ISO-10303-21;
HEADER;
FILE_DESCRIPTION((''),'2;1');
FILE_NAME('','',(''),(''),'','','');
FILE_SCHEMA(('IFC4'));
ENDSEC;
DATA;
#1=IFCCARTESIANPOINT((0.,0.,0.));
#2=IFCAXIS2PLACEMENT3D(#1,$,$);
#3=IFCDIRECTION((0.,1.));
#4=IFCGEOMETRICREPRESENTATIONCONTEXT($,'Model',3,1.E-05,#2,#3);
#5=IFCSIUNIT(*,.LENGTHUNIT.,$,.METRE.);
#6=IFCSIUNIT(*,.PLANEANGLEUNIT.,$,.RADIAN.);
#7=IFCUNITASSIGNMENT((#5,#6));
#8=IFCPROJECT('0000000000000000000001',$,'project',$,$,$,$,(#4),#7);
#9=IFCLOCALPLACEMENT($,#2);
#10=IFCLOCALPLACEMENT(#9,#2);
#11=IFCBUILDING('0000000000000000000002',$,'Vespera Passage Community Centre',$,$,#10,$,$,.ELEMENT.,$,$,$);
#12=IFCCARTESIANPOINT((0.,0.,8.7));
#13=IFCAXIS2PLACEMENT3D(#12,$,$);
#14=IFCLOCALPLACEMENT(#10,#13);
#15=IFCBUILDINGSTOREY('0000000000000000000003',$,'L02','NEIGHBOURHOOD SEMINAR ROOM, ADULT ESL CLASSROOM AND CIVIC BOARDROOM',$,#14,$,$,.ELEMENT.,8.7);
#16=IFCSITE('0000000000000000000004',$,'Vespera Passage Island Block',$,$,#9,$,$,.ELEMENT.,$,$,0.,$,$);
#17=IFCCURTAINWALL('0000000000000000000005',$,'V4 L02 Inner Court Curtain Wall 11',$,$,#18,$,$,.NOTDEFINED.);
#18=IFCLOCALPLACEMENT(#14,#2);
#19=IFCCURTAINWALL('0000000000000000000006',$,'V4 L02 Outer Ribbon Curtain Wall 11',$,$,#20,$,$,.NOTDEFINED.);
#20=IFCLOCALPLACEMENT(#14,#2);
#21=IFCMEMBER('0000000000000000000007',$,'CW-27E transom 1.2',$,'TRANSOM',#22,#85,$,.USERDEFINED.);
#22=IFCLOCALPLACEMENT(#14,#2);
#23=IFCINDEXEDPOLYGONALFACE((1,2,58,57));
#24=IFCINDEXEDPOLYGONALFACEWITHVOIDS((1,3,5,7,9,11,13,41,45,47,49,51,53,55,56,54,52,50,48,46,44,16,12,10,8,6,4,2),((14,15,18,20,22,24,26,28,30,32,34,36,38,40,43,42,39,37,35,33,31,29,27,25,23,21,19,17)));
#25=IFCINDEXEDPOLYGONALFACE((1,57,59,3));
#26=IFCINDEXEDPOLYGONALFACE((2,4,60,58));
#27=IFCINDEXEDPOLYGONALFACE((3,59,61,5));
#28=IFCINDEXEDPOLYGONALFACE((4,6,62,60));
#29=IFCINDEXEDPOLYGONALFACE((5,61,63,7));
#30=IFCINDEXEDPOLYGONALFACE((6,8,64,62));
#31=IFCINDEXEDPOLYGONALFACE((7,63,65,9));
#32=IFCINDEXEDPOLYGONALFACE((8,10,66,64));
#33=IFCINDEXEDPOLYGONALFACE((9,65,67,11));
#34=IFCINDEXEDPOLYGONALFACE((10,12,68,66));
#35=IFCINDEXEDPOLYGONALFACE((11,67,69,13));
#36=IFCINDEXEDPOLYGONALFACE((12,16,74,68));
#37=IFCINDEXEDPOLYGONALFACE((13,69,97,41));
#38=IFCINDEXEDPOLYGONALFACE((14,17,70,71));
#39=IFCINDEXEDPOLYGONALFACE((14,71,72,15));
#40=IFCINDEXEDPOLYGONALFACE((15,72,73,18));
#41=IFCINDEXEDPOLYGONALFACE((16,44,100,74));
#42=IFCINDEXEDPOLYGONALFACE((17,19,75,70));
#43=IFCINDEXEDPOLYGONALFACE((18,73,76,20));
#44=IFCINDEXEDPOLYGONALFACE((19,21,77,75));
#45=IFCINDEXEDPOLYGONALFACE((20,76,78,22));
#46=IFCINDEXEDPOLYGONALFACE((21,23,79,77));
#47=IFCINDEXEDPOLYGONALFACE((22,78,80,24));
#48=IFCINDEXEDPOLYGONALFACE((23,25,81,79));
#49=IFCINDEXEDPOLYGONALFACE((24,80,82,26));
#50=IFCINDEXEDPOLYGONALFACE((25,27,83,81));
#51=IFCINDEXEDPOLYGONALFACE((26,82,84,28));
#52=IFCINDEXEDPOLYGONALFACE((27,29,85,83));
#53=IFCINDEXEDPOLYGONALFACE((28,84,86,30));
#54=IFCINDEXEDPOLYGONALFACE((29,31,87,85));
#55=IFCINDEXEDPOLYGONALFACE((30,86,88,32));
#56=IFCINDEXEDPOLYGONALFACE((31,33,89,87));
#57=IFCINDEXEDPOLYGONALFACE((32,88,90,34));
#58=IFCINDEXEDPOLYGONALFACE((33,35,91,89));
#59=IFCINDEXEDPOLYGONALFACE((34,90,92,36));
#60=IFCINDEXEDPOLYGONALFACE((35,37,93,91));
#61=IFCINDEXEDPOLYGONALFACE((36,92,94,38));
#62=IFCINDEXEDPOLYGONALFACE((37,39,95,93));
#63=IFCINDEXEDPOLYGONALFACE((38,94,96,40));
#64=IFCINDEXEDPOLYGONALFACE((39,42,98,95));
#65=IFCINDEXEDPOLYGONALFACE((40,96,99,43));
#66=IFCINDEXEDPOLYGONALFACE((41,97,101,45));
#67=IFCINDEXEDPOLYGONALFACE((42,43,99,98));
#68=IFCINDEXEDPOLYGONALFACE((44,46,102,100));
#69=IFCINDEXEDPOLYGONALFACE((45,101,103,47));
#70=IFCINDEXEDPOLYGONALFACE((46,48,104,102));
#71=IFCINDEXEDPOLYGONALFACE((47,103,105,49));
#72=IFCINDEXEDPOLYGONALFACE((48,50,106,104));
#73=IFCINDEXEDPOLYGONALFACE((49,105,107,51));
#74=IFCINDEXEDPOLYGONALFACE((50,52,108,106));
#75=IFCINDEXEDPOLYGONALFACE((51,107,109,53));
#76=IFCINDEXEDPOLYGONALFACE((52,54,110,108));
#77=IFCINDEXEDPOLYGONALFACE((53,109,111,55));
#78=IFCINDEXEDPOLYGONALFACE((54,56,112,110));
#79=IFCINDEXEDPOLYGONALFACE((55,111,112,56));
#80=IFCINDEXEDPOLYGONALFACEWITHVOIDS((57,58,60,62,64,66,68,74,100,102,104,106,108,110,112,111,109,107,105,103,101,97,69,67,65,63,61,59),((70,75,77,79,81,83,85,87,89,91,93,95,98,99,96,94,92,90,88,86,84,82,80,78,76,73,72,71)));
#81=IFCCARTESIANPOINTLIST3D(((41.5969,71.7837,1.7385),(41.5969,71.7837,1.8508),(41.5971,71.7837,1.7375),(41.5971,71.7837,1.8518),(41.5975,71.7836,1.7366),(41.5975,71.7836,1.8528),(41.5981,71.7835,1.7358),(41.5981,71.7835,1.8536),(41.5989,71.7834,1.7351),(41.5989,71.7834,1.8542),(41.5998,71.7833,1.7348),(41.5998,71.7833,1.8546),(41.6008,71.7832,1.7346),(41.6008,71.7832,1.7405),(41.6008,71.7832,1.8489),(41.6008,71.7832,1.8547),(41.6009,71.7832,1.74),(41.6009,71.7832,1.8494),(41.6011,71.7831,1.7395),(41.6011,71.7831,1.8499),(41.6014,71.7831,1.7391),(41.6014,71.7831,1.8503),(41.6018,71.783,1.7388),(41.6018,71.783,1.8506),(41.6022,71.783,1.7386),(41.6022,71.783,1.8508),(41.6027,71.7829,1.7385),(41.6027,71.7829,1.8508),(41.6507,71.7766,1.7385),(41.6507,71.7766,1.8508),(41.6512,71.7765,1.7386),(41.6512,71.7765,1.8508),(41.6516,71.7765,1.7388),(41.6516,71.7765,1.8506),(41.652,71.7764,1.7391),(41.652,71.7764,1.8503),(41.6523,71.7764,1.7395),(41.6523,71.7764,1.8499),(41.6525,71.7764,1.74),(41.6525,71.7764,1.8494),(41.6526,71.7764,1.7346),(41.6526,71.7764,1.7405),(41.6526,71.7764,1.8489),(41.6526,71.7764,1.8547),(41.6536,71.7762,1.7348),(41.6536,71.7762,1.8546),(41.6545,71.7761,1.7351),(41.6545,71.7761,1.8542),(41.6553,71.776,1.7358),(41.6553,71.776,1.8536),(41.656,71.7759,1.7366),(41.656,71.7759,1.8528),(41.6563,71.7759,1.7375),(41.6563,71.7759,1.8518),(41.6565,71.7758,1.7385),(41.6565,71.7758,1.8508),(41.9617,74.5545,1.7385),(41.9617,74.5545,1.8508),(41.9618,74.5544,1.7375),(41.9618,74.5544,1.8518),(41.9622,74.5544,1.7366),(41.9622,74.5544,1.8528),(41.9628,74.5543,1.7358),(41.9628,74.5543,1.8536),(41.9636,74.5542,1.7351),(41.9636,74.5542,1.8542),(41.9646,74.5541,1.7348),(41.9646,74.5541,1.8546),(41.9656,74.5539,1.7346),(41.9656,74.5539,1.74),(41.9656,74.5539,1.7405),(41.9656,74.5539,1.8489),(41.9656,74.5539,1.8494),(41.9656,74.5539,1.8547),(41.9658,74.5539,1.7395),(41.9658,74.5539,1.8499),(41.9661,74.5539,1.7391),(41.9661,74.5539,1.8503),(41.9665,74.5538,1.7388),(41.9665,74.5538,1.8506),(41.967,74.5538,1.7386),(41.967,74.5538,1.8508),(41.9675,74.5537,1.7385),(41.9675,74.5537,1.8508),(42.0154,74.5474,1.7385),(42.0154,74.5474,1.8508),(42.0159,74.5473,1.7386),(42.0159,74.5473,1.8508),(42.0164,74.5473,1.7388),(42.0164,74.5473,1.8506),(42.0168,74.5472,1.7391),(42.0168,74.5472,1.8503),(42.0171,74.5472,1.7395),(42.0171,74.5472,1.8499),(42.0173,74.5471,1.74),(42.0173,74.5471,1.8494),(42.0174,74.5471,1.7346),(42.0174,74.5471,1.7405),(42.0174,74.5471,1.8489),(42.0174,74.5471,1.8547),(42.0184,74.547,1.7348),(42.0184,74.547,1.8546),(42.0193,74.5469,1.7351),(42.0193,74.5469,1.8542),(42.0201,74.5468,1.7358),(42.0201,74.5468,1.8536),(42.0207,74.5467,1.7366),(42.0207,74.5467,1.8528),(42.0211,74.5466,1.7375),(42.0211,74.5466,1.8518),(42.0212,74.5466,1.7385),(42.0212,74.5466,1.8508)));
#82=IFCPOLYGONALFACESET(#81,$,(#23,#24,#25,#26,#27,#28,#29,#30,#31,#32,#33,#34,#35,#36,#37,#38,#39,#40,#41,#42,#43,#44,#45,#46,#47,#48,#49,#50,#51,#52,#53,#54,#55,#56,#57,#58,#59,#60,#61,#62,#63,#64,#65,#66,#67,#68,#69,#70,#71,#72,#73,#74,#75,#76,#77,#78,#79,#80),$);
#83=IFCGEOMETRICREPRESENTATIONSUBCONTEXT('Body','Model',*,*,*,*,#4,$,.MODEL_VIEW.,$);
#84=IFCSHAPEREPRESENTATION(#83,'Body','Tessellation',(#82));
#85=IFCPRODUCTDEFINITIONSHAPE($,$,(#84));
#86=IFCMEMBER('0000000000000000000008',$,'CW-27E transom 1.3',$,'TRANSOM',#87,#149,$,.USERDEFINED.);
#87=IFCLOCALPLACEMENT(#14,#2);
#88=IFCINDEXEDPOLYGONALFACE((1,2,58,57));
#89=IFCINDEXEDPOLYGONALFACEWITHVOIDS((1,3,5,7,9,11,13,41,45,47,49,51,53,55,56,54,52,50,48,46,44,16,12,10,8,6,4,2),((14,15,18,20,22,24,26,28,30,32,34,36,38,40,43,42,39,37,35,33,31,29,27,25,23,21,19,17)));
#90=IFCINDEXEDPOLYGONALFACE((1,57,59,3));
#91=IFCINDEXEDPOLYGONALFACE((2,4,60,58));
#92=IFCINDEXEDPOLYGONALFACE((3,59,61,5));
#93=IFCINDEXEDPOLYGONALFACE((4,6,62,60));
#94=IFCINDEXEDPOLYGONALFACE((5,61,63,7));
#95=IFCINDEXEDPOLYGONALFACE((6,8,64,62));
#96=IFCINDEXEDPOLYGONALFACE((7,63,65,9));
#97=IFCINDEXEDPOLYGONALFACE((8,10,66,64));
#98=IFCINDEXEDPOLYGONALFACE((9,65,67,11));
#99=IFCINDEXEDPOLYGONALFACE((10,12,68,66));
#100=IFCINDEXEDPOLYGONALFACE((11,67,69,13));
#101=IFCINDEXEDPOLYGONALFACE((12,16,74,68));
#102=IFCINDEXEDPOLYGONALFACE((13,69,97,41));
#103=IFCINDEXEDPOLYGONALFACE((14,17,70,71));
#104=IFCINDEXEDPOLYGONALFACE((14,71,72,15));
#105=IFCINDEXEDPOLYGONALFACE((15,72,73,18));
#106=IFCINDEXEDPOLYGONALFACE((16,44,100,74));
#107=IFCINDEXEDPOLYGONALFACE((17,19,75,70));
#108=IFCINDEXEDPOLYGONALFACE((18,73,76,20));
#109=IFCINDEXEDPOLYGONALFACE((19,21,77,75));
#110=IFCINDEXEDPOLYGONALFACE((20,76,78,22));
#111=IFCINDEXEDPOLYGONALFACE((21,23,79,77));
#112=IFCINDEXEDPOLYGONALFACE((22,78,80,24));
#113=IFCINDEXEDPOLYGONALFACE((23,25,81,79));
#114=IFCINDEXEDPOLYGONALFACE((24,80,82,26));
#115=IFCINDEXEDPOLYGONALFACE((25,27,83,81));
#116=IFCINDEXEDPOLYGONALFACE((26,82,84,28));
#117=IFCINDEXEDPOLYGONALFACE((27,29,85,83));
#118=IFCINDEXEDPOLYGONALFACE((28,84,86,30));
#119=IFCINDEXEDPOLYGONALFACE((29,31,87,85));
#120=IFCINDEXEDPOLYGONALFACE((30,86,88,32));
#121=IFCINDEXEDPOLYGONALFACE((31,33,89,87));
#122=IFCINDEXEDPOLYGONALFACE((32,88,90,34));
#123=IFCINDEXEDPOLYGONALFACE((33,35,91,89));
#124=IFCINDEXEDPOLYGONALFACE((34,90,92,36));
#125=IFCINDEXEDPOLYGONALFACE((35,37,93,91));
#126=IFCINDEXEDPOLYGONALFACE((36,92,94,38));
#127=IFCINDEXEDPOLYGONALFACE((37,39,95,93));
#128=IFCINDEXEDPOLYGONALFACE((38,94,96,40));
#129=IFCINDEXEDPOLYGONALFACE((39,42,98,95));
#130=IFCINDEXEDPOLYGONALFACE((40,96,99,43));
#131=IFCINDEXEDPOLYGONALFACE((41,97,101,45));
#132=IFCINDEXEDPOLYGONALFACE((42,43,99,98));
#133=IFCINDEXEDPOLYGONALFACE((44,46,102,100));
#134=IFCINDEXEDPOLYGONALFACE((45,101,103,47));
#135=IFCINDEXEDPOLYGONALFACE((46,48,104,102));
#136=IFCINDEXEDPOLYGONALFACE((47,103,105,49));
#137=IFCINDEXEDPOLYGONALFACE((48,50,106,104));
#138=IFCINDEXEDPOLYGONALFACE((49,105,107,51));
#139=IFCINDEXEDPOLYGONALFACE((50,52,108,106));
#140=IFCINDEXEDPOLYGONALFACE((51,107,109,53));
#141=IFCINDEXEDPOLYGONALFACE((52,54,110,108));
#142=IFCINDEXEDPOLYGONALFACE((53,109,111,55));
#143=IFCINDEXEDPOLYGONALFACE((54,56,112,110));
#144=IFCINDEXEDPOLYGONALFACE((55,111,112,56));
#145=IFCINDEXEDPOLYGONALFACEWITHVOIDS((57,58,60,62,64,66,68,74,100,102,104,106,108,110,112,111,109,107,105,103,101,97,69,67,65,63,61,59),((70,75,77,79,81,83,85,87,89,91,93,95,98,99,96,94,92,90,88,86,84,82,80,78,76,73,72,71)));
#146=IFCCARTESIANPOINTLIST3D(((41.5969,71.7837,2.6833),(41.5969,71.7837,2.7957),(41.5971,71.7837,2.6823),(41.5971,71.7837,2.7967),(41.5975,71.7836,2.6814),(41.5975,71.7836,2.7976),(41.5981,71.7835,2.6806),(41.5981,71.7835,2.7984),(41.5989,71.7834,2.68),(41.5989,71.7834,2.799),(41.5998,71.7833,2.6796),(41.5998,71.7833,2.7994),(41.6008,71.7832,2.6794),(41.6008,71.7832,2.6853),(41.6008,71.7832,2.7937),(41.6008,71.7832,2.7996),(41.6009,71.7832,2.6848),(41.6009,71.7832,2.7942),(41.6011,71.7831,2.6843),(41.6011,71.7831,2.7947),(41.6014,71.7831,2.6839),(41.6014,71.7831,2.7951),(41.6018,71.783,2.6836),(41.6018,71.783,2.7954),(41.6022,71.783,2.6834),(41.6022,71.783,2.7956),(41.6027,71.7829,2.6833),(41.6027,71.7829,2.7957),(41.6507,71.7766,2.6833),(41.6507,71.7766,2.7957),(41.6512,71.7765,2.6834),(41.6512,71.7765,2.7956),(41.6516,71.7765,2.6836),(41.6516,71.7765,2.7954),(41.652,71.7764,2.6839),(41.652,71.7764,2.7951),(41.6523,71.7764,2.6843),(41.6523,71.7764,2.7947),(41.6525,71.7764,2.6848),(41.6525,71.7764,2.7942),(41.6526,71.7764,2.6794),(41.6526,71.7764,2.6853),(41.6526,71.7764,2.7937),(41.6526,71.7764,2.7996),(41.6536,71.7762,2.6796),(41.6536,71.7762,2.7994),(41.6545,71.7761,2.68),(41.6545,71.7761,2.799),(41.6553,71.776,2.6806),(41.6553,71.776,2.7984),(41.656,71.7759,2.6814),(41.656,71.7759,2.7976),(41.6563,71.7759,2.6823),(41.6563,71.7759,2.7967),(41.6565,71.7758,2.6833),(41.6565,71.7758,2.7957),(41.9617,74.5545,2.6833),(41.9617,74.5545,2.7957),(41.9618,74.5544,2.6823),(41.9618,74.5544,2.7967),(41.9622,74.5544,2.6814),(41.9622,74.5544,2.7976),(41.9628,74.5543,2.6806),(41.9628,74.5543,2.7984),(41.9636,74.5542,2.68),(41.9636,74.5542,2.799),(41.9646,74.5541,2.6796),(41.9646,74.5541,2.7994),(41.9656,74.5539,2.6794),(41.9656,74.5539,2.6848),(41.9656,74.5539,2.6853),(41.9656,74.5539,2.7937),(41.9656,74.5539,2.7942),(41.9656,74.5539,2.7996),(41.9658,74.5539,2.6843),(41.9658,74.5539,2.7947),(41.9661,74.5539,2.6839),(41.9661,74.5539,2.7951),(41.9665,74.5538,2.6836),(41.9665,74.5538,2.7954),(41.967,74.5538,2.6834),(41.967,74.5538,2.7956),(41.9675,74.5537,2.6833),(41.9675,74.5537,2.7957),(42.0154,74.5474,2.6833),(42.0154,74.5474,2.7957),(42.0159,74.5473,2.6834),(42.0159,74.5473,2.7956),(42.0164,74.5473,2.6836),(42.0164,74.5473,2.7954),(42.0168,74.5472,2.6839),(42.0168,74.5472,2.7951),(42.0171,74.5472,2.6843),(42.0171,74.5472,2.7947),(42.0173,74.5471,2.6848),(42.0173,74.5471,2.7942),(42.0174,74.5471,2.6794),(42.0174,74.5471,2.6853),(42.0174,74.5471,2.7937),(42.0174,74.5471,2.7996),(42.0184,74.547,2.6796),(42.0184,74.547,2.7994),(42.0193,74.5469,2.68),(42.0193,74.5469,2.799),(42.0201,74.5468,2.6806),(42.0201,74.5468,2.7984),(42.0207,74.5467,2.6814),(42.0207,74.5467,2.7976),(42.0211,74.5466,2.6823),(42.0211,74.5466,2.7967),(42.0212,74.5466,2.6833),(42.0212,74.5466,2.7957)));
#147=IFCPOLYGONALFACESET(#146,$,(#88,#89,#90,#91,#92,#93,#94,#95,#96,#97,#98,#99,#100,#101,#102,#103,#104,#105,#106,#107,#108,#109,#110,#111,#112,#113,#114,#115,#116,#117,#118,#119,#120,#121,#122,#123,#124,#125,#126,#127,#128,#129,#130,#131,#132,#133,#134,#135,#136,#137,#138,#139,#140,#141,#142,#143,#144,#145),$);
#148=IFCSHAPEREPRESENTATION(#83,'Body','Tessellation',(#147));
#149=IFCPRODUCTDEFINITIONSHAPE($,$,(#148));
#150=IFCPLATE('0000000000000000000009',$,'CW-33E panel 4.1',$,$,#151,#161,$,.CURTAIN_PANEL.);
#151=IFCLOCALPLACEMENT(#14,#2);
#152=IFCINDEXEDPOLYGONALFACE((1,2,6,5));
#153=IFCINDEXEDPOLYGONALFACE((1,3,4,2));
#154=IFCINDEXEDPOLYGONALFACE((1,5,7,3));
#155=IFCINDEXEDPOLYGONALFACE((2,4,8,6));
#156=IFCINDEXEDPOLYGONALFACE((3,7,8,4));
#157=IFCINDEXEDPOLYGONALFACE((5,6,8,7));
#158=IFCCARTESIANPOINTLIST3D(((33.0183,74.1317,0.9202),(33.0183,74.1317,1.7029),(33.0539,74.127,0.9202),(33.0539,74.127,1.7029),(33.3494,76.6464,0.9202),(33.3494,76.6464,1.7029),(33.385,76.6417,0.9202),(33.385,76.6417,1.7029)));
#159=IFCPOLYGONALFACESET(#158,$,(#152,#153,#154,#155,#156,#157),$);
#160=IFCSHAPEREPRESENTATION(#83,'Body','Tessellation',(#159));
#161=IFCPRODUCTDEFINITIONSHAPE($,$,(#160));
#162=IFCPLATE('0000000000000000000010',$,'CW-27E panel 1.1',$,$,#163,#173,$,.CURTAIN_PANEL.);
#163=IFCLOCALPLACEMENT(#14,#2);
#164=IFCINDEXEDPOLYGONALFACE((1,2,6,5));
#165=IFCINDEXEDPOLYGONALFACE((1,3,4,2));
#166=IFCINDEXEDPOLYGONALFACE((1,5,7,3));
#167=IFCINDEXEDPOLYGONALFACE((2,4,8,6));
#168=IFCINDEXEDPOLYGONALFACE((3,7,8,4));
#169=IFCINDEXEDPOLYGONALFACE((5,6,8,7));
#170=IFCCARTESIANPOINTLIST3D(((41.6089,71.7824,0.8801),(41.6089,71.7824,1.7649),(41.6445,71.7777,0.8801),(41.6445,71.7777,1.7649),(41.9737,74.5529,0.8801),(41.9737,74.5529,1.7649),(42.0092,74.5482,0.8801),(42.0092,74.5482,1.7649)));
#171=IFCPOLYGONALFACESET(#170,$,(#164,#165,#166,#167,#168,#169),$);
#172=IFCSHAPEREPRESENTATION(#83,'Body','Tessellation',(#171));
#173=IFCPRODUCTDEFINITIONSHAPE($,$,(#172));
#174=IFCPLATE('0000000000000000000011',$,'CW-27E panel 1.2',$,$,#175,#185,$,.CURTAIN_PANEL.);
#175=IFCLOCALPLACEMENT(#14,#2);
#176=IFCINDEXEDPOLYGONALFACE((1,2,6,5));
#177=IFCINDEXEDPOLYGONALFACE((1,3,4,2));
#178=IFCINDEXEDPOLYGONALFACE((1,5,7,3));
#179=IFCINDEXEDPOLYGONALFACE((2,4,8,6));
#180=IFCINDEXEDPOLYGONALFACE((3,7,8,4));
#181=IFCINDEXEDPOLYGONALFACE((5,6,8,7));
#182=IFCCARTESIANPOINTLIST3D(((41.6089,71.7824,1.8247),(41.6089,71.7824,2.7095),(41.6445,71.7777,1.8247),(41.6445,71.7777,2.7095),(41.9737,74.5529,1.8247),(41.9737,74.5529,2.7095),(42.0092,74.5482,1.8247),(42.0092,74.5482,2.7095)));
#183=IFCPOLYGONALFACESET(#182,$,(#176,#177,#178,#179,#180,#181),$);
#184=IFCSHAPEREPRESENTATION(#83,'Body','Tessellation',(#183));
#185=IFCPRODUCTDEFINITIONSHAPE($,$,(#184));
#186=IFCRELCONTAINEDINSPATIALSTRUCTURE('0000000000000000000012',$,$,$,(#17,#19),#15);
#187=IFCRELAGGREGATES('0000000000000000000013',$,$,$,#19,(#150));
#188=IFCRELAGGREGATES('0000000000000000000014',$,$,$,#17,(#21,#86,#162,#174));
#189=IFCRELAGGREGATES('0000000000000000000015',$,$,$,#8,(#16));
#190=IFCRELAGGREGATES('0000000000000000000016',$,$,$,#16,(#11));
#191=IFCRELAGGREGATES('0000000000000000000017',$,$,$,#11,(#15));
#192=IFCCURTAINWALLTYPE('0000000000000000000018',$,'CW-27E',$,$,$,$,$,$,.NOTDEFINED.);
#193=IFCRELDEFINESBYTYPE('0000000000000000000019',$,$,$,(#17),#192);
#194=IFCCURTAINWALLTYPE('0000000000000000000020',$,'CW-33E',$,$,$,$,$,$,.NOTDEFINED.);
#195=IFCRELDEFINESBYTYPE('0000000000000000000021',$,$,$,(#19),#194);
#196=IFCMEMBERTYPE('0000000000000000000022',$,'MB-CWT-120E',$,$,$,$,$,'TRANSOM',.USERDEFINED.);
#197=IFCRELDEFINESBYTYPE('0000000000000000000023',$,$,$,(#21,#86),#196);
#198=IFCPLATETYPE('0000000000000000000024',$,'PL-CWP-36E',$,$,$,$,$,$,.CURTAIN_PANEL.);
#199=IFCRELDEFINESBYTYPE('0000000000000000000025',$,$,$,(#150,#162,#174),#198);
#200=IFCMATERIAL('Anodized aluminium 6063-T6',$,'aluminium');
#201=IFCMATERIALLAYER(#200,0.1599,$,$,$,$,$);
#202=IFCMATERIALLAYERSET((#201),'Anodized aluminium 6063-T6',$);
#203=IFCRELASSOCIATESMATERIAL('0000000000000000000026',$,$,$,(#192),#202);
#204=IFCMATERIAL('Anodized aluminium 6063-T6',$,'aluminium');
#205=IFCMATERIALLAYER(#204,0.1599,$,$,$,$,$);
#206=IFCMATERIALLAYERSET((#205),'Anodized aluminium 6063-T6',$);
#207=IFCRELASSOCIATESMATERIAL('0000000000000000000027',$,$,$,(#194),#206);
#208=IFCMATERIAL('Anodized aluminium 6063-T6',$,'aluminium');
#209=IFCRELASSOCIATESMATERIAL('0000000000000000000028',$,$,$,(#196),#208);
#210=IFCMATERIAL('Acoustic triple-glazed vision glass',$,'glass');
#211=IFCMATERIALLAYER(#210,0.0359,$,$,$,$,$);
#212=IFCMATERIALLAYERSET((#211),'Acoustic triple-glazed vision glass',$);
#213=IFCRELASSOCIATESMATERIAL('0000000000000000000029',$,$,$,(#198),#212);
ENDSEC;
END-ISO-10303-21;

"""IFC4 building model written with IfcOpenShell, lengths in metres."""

from ifc_helpers import new_model, si_unit, direction, frame, origin, origin_2d, place, context, subcontext, project, spatial, rectangle, hollow_rectangle, extrude, material, layer, layer_set, material_profile, profile_set, type_object, element, aggregate, save


model = new_model("IFC4")

# Units and contexts
model_context = context("Model", 3, precision=1e-05, world=origin(), true_north=direction((0.0, 1.0)))
body_context = subcontext(model_context, "Body", "Model", "MODEL_VIEW")
ifc_project = project(units=[si_unit("LENGTHUNIT", "METRE"), si_unit("PLANEANGLEUNIT", "RADIAN")], contexts=[model_context])

# Site, building, storey
site_placement = place(None, origin())
site = spatial("IfcSite", under=ifc_project, at=site_placement, Name="Vespera Passage Island Block", CompositionType="ELEMENT", RefElevation=0.0)
building_placement = place(site_placement, origin())
building = spatial("IfcBuilding", under=site, at=building_placement, Name="Vespera Passage Community Centre", CompositionType="ELEMENT")
storey_placement = place(building_placement, frame((0.0, 0.0, 8.7)))
storey = spatial("IfcBuildingStorey", under=building, at=storey_placement, Name="L02", Description="NEIGHBOURHOOD SEMINAR ROOM, ADULT ESL CLASSROOM AND CIVIC BOARDROOM", CompositionType="ELEMENT", Elevation=8.7)

# Curtain wall
ifc_material_1 = material(Name="Anodized aluminium 6063-T6", Category="aluminium")
ifc_layer_1 = layer(ifc_material_1, 0.1599)
ifc_layer_set_1 = layer_set([ifc_layer_1], Name="Anodized aluminium 6063-T6")
curtain_wall_type_1 = type_object("IfcCurtainWallType", Name="CW-27E", PredefinedType="NOTDEFINED", material=ifc_layer_set_1)
curtain_wall_1_placement = place(storey_placement, origin())
curtain_wall_1 = element("IfcCurtainWall", 1, at=curtain_wall_1_placement, inside=storey, type_object=curtain_wall_type_1, Name="V4 L02 Inner Court Curtain Wall 11", PredefinedType="NOTDEFINED")

# Curtain wall
ifc_material_2 = material(Name="Anodized aluminium 6063-T6", Category="aluminium")
ifc_layer_2 = layer(ifc_material_2, 0.1599)
ifc_layer_set_2 = layer_set([ifc_layer_2], Name="Anodized aluminium 6063-T6")
curtain_wall_type_2 = type_object("IfcCurtainWallType", Name="CW-33E", PredefinedType="NOTDEFINED", material=ifc_layer_set_2)
curtain_wall_2_placement = place(storey_placement, origin())
curtain_wall_2 = element("IfcCurtainWall", 2, at=curtain_wall_2_placement, inside=storey, type_object=curtain_wall_type_2, Name="V4 L02 Outer Ribbon Curtain Wall 11", PredefinedType="NOTDEFINED")

# Members
ifc_material_3 = material(Name="Anodized aluminium 6063-T6", Category="aluminium")
ifc_material_profile_1 = material_profile(ifc_material_3, hollow_rectangle(XDim=0.0601, YDim=0.1201, WallThickness=0.0039, InnerFilletRadius=0.002, OuterFilletRadius=0.0039, at=origin_2d()), Name="ALU120X60X4")
ifc_profile_set_1 = profile_set([ifc_material_profile_1], Name="Anodized aluminium 6063-T6")
member_type_1 = type_object("IfcMemberType", Name="MB-CWT-120E", ElementType="TRANSOM", PredefinedType="USERDEFINED", material=ifc_profile_set_1)
member_1_placement = place(storey_placement, frame((41.9915, 74.5505, 1.7947), z_axis=(-0.130516, -0.991446, 0.0), x_axis=(0.991446, -0.130516, 0.0)))
member_1 = element("IfcMember", 3, at=member_1_placement, type_object=member_type_1, Name="CW-27E transom 1.2", ObjectType="TRANSOM", PredefinedType="USERDEFINED", context=body_context, shape_type="SweptSolid", body=[
    extrude(hollow_rectangle(XDim=0.0601, YDim=0.1201, WallThickness=0.0039, InnerFilletRadius=0.002, OuterFilletRadius=0.0039, at=origin_2d()), origin(), (0.0, 0.0, 1.0), 2.7947),
])
member_2_placement = place(storey_placement, frame((41.9915, 74.5505, 2.7395), z_axis=(-0.130516, -0.991446, 0.0), x_axis=(0.991446, -0.130516, 0.0)))
member_2 = element("IfcMember", 4, at=member_2_placement, type_object=member_type_1, Name="CW-27E transom 1.3", ObjectType="TRANSOM", PredefinedType="USERDEFINED", context=body_context, shape_type="SweptSolid", body=[
    extrude(hollow_rectangle(XDim=0.0601, YDim=0.1201, WallThickness=0.0039, InnerFilletRadius=0.002, OuterFilletRadius=0.0039, at=origin_2d()), origin(), (0.0, 0.0, 1.0), 2.7947),
])

# Plates
ifc_material_4 = material(Name="Acoustic triple-glazed vision glass", Category="glass")
ifc_layer_3 = layer(ifc_material_4, 0.0359)
ifc_layer_set_3 = layer_set([ifc_layer_3], Name="Acoustic triple-glazed vision glass")
plate_type = type_object("IfcPlateType", Name="PL-CWP-36E", PredefinedType="CURTAIN_PANEL", material=ifc_layer_set_3)
plate_1_placement = place(storey_placement, frame((33.2017, 75.3867, 0.9202), z_axis=(0.0, 0.0, 1.0), x_axis=(0.130523, 0.991445, 0.0)))
plate_1 = element("IfcPlate", 5, at=plate_1_placement, type_object=plate_type, Name="CW-33E panel 4.1", PredefinedType="CURTAIN_PANEL", context=body_context, shape_type="SweptSolid", body=[
    extrude(rectangle(XDim=2.5364, YDim=0.0359, at=origin_2d()), origin(), (0.0, 0.0, 1.0), 0.7827),
])
aggregate(curtain_wall_2, [plate_1])
plate_2_placement = place(storey_placement, frame((41.8091, 73.1653, 0.8801), z_axis=(0.0, 0.0, 1.0), x_axis=(-0.130522, -0.991445, 0.0)))
plate_2 = element("IfcPlate", 6, at=plate_2_placement, type_object=plate_type, Name="CW-27E panel 1.1", PredefinedType="CURTAIN_PANEL", context=body_context, shape_type="SweptSolid", body=[
    extrude(rectangle(XDim=2.7944, YDim=0.0359, at=origin_2d()), origin(), (0.0, 0.0, 1.0), 0.8848),
])
plate_3_placement = place(storey_placement, frame((41.8091, 73.1653, 1.8247), z_axis=(0.0, 0.0, 1.0), x_axis=(-0.130522, -0.991445, 0.0)))
plate_3 = element("IfcPlate", 7, at=plate_3_placement, type_object=plate_type, Name="CW-27E panel 1.2", PredefinedType="CURTAIN_PANEL", context=body_context, shape_type="SweptSolid", body=[
    extrude(rectangle(XDim=2.7944, YDim=0.0359, at=origin_2d()), origin(), (0.0, 0.0, 1.0), 0.8848),
])
aggregate(curtain_wall_1, [member_1, member_2, plate_2, plate_3])

save(model, "model.ifc")
